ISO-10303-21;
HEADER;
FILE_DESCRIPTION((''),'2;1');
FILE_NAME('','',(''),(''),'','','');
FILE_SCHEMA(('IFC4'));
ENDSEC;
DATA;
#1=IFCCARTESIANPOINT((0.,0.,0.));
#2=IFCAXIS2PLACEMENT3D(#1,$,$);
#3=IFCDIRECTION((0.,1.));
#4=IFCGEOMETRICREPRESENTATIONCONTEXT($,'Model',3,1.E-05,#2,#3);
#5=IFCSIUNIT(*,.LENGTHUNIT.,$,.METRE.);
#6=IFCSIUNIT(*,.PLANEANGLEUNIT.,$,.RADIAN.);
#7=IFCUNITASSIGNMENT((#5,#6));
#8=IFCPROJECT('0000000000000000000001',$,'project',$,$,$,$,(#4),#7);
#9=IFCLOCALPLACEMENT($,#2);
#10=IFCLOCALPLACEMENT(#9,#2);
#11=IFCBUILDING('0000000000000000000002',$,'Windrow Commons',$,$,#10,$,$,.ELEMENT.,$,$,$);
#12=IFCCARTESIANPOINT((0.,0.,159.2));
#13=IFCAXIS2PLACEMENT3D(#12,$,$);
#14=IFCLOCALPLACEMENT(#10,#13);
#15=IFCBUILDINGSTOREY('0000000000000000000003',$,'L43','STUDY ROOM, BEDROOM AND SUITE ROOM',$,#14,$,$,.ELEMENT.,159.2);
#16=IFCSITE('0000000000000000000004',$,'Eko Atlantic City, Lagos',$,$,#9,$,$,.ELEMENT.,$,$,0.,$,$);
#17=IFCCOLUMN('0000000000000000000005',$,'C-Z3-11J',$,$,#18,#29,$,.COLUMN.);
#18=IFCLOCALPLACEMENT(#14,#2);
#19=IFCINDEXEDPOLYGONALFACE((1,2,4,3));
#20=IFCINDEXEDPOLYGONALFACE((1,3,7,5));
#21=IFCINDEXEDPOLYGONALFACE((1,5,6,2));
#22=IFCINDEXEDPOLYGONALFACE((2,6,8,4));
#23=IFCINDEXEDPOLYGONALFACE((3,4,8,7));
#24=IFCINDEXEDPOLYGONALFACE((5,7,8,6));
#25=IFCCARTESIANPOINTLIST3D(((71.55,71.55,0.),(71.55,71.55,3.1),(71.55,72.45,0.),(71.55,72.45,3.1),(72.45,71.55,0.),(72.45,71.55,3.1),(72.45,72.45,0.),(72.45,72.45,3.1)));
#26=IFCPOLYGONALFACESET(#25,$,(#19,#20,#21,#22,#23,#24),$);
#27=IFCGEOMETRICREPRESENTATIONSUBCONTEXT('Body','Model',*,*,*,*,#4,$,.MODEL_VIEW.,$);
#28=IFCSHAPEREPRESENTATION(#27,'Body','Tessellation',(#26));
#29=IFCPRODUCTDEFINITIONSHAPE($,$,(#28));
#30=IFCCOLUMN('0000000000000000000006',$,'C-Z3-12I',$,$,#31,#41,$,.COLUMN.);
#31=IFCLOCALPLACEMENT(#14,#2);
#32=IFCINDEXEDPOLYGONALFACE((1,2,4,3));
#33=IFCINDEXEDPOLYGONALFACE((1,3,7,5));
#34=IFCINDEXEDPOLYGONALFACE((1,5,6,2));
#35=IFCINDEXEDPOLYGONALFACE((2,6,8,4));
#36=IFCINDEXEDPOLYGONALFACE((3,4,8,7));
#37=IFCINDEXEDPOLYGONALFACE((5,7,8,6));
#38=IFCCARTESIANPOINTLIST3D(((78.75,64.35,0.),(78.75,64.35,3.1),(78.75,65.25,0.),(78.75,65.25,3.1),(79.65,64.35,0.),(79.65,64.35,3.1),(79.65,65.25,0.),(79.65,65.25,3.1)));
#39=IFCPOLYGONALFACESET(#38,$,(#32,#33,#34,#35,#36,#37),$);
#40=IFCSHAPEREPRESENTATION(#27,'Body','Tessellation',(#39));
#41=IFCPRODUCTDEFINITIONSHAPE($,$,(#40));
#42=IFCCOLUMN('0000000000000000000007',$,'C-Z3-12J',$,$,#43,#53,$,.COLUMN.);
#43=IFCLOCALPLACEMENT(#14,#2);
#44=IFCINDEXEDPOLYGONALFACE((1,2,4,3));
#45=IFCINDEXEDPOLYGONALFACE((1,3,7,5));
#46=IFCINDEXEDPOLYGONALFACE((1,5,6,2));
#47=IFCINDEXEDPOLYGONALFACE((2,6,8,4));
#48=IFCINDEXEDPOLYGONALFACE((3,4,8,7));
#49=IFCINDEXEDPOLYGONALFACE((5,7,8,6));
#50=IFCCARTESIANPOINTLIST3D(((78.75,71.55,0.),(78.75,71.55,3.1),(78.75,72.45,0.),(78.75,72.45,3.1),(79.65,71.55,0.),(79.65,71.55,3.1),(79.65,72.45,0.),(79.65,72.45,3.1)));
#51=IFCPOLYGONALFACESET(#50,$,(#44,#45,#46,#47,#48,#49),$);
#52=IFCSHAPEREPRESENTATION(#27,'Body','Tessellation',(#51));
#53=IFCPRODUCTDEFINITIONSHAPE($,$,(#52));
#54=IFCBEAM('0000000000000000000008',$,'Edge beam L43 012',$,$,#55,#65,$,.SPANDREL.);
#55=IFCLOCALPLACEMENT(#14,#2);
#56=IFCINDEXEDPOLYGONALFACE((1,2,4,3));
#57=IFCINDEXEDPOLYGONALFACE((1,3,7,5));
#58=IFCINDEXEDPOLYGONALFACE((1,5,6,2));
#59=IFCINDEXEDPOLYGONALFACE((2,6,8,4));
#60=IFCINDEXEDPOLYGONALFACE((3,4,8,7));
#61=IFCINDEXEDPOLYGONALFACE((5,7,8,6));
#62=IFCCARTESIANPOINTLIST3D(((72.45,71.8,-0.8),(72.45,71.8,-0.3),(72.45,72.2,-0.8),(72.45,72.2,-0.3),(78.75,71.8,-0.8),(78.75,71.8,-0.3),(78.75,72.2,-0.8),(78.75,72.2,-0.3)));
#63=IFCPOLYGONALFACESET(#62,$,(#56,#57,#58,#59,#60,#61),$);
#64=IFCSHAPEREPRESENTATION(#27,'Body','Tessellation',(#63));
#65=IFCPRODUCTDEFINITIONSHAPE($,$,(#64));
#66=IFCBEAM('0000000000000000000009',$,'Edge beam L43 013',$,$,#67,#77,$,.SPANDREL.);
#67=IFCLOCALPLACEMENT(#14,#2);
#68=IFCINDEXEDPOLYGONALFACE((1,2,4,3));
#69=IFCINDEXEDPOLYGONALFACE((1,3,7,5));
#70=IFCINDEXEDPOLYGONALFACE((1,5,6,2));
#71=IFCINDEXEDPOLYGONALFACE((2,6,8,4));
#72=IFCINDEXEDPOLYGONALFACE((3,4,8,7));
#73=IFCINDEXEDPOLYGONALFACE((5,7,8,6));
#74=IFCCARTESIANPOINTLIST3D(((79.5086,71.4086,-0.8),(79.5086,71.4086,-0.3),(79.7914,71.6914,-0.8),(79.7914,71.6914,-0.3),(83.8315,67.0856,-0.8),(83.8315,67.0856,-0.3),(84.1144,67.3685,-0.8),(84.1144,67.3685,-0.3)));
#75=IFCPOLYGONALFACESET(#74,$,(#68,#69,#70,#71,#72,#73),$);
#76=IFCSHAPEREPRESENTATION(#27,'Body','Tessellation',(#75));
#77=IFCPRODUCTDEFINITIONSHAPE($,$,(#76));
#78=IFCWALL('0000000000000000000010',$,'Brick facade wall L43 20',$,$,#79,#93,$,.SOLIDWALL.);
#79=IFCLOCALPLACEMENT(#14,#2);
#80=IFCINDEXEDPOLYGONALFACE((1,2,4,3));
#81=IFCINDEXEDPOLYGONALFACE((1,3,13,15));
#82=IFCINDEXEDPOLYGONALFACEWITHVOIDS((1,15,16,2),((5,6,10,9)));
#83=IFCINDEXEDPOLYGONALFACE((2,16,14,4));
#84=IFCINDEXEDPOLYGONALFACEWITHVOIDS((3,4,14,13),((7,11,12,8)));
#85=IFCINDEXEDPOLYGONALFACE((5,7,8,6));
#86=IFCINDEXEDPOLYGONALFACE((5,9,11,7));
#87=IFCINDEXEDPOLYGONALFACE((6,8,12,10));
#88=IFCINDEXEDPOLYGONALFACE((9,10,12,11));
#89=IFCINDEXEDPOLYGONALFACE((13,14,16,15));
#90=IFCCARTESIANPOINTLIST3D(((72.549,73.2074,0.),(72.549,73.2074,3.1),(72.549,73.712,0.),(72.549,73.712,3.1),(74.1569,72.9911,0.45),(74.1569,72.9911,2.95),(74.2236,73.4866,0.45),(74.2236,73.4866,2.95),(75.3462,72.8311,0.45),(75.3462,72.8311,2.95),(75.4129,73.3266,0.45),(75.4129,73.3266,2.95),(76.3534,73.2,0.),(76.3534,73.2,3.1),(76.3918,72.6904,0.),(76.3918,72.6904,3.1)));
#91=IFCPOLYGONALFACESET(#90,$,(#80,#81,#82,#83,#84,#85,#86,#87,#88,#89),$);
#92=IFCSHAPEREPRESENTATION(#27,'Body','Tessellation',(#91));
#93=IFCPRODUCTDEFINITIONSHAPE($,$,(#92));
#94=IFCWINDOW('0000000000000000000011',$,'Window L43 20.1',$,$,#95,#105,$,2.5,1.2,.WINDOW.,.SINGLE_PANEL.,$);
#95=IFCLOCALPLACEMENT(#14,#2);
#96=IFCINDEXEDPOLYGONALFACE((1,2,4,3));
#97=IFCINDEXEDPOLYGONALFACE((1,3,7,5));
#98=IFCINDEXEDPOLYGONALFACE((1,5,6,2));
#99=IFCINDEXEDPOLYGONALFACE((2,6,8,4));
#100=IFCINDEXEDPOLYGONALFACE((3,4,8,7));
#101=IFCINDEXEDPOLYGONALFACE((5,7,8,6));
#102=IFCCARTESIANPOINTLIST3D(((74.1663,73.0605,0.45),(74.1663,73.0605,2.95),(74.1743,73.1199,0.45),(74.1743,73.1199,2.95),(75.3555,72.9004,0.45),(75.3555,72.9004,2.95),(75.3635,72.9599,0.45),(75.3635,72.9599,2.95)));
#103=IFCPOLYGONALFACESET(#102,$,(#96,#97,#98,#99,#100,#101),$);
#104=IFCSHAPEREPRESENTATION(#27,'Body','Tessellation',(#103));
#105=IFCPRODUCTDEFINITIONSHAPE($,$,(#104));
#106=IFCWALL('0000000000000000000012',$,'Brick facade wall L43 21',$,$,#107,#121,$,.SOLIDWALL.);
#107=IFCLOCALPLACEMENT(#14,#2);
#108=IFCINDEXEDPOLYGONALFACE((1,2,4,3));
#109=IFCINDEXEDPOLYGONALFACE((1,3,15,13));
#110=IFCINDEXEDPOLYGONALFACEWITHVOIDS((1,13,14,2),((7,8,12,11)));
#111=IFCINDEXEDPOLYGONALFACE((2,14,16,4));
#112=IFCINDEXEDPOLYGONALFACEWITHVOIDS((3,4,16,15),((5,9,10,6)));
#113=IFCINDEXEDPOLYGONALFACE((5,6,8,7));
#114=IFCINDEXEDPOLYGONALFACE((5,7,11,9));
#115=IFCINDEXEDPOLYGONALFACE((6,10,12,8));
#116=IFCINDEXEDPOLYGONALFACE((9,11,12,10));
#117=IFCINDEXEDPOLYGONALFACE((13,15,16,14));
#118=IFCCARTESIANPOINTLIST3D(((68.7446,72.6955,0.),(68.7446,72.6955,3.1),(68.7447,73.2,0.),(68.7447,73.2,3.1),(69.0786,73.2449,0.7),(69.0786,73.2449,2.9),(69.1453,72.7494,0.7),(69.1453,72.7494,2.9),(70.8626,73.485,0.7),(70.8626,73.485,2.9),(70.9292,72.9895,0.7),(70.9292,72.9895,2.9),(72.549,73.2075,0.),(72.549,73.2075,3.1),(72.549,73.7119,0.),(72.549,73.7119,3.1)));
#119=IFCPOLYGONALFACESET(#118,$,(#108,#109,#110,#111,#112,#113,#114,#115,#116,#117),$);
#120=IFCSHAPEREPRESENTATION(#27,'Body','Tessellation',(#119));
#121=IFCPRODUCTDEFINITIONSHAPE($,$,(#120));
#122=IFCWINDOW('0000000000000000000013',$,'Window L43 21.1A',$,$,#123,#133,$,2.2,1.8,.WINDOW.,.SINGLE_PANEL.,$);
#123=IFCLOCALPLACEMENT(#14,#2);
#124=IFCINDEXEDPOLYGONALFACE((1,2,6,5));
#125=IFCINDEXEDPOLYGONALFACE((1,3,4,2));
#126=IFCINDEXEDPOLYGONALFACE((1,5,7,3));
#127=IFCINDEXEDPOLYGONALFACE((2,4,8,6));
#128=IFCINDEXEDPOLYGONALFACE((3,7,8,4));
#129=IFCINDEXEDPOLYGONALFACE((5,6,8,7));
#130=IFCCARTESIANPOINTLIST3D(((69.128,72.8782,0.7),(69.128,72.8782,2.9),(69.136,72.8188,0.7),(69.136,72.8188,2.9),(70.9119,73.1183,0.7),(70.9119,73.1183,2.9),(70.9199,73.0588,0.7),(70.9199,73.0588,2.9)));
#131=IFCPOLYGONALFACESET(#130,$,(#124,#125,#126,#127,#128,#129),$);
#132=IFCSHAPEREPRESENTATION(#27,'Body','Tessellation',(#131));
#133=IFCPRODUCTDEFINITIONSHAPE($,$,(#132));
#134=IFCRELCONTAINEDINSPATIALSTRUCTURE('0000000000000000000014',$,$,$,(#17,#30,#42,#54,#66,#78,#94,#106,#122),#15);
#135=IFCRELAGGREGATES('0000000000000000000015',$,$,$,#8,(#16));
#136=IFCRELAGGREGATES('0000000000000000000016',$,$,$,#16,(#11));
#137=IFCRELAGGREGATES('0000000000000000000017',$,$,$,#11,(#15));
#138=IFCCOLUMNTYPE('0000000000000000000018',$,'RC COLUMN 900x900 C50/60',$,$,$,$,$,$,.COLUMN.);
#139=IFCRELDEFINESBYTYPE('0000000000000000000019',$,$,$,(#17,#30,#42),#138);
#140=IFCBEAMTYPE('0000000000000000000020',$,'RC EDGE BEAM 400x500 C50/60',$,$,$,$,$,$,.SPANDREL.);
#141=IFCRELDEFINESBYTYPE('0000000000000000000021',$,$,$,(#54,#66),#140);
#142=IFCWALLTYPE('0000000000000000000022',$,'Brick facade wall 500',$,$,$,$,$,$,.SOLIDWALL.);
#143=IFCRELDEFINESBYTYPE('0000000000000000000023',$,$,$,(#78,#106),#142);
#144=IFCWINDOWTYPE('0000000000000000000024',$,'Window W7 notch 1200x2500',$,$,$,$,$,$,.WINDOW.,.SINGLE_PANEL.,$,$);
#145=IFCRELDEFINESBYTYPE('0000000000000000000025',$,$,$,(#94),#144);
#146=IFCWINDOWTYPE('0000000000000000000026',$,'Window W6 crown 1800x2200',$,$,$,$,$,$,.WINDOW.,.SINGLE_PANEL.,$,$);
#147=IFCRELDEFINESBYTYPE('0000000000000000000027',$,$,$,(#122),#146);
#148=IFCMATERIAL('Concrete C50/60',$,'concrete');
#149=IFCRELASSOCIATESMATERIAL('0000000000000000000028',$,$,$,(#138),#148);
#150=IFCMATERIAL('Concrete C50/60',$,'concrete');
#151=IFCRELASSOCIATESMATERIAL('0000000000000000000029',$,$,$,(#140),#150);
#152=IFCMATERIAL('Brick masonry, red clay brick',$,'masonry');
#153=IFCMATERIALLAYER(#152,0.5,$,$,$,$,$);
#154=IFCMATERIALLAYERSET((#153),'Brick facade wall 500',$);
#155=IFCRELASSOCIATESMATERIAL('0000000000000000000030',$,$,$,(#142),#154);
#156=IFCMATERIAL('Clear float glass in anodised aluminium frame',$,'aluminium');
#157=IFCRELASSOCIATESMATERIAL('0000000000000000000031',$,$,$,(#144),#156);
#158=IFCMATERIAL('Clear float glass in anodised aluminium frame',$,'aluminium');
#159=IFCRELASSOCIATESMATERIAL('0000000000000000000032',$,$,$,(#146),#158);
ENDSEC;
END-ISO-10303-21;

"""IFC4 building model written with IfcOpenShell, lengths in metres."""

from ifc_helpers import new_model, si_unit, direction, frame, frame_2d, origin, origin_2d, place, context, subcontext, project, spatial, polyline, rectangle, outline, extrude, material, layer, layer_set, material_profile, profile_set, type_object, element, fill, save


model = new_model("IFC4")

# Units and contexts
model_context = context("Model", 3, precision=1e-05, world=origin(), true_north=direction((0.0, 1.0)))
body_context = subcontext(model_context, "Body", "Model", "MODEL_VIEW")
ifc_project = project(units=[si_unit("LENGTHUNIT", "METRE"), si_unit("PLANEANGLEUNIT", "RADIAN")], contexts=[model_context])

# Site, building, storey
site_placement = place(None, origin())
site = spatial("IfcSite", under=ifc_project, at=site_placement, Name="Eko Atlantic City, Lagos", CompositionType="ELEMENT", RefElevation=0.0)
building_placement = place(site_placement, origin())
building = spatial("IfcBuilding", under=site, at=building_placement, Name="Windrow Commons", CompositionType="ELEMENT")
storey_placement = place(building_placement, frame((0.0, 0.0, 159.2)))
storey = spatial("IfcBuildingStorey", under=building, at=storey_placement, Name="L43", Description="STUDY ROOM, BEDROOM AND SUITE ROOM", CompositionType="ELEMENT", Elevation=159.2)

# Columns
ifc_material_1 = material(Name="Concrete C50/60", Category="concrete")
ifc_material_profile_1 = material_profile(ifc_material_1, rectangle(XDim=0.9, YDim=0.9, at=origin_2d()))
ifc_profile_set_1 = profile_set([ifc_material_profile_1], Name="Concrete C50/60")
column_type = type_object("IfcColumnType", Name="RC COLUMN 900x900 C50/60", PredefinedType="COLUMN", material=ifc_profile_set_1)
for number, where, z_axis, x_axis, name in (
    (1, (72.0, 72.0, 0.0), (0.0, 0.0, 1.0), (1.0, 0.0, 0.0), "C-Z3-11J"),
    (2, (79.2, 64.8, 0.0), (0.0, 0.0, 1.0), (1.0, 0.0, 0.0), "C-Z3-12I"),
    (3, (79.2, 72.0, 0.0), (0.0, 0.0, 1.0), (1.0, 0.0, 0.0), "C-Z3-12J"),
):
    element("IfcColumn", number, at=place(storey_placement, frame(where, z_axis=z_axis, x_axis=x_axis)), inside=storey, type_object=column_type, Name=name, PredefinedType="COLUMN", context=body_context, shape_type="SweptSolid", body=[
        extrude(rectangle(XDim=0.9, YDim=0.9, at=origin_2d()), origin(), (0.0, 0.0, 1.0), 3.1),
    ])

# Beams
ifc_material_2 = material(Name="Concrete C50/60", Category="concrete")
ifc_material_profile_2 = material_profile(ifc_material_2, rectangle(XDim=0.4, YDim=0.5, at=origin_2d()))
ifc_profile_set_2 = profile_set([ifc_material_profile_2], Name="Concrete C50/60")
beam_type = type_object("IfcBeamType", Name="RC EDGE BEAM 400x500 C50/60", PredefinedType="SPANDREL", material=ifc_profile_set_2)
beam_1_placement = place(storey_placement, frame((72.45, 72.0, -0.55), z_axis=(1.0, 0.0, 0.0), x_axis=(0.0, 1.0, 0.0)))
element("IfcBeam", 4, at=beam_1_placement, inside=storey, type_object=beam_type, Name="Edge beam L43 012", PredefinedType="SPANDREL", context=body_context, shape_type="SweptSolid", body=[
    extrude(rectangle(XDim=0.4, YDim=0.5, at=origin_2d()), origin(), (0.0, 0.0, 1.0), 6.3),
])
beam_2_placement = place(storey_placement, frame((79.65, 71.55, -0.55), z_axis=(0.707107, -0.707107, 0.0), x_axis=(0.707107, 0.707107, 0.0)))
element("IfcBeam", 5, at=beam_2_placement, inside=storey, type_object=beam_type, Name="Edge beam L43 013", PredefinedType="SPANDREL", context=body_context, shape_type="SweptSolid", body=[
    extrude(rectangle(XDim=0.4, YDim=0.5, at=origin_2d()), origin(), (0.0, 0.0, 1.0), 6.1136),
])

# Walls, openings, windows
ifc_material_3 = material(Name="Brick masonry, red clay brick", Category="masonry")
ifc_layer_1 = layer(ifc_material_3, 0.5)
ifc_layer_set_1 = layer_set([ifc_layer_1], Name="Brick facade wall 500")
wall_type_1 = type_object("IfcWallType", Name="Brick facade wall 500", PredefinedType="SOLIDWALL", material=ifc_layer_set_1)
wall_1_placement = place(storey_placement, frame((76.3726, 72.9452, 0.0), z_axis=(0.0, 0.0, 1.0), x_axis=(-0.991068, 0.133357, 0.0)))
wall_1 = element("IfcWall", 6, at=wall_1_placement, inside=storey, type_object=wall_type_1, Name="Brick facade wall L43 20", PredefinedType="SOLIDWALL", context=body_context, shape_type="SweptSolid", body=[
    extrude(outline(polyline([(0.053, -0.25), (3.8917, -0.25), (3.8244, 0.25), (-0.053, 0.25), (0.053, -0.25)])), origin(), (0.0, 0.0, 1.0), 3.1),
])
opening_1_placement = place(wall_1_placement, frame((1.002, 0.0, 0.45)))
opening_1 = element("IfcOpeningElement", 7, at=opening_1_placement, cuts=wall_1, PredefinedType="OPENING", context=body_context, shape_type="SweptSolid", body=[
    extrude(rectangle(XDim=1.2, YDim=2.5, at=frame_2d((0.6, 1.25))), frame((0.0, 0.26, 0.0), z_axis=(0.0, -1.0, 0.0), x_axis=(1.0, 0.0, 0.0)), (0.0, 0.0, 1.0), 0.52),
])
ifc_material_4 = material(Name="Clear float glass in anodised aluminium frame", Category="aluminium")
window_type_1 = type_object("IfcWindowType", Name="Window W7 notch 1200x2500", PartitioningType="SINGLE_PANEL", PredefinedType="WINDOW", material=ifc_material_4)
window_1_placement = place(opening_1_placement, origin())
window_1 = element("IfcWindow", 8, at=window_1_placement, inside=storey, type_object=window_type_1, Name="Window L43 20.1", OverallHeight=2.5, OverallWidth=1.2, PartitioningType="SINGLE_PANEL", PredefinedType="WINDOW", context=body_context, shape_type="SweptSolid", body=[
    extrude(rectangle(XDim=1.2, YDim=2.5, at=frame_2d((0.6, 1.25))), frame((0.0, 0.18, 0.0), z_axis=(0.0, -1.0, 0.0), x_axis=(1.0, 0.0, 0.0)), (0.0, 0.0, 1.0), 0.06),
])
fill(opening_1, window_1)
wall_2_placement = place(storey_placement, frame((72.549, 73.4597, 0.0), z_axis=(0.0, 0.0, 1.0), x_axis=(-0.991065, -0.133379, 0.0)))
wall_2 = element("IfcWall", 9, at=wall_2_placement, inside=storey, type_object=wall_type_1, Name="Brick facade wall L43 21", PredefinedType="SOLIDWALL", context=body_context, shape_type="SweptSolid", body=[
    extrude(outline(polyline([(-0.0336, -0.25), (3.805, -0.25), (3.8723, 0.25), (0.0336, 0.25), (-0.0336, -0.25)])), origin(), (0.0, 0.0, 1.0), 3.1),
])
opening_2_placement = place(wall_2_placement, frame((1.668, 0.0, 0.7)))
opening_2 = element("IfcOpeningElement", 10, at=opening_2_placement, cuts=wall_2, PredefinedType="OPENING", context=body_context, shape_type="SweptSolid", body=[
    extrude(rectangle(XDim=1.8, YDim=2.2, at=frame_2d((0.9, 1.1))), frame((0.0, 0.26, 0.0), z_axis=(0.0, -1.0, 0.0), x_axis=(1.0, 0.0, 0.0)), (0.0, 0.0, 1.0), 0.52),
])
ifc_material_5 = material(Name="Clear float glass in anodised aluminium frame", Category="aluminium")
window_type_2 = type_object("IfcWindowType", Name="Window W6 crown 1800x2200", PartitioningType="SINGLE_PANEL", PredefinedType="WINDOW", material=ifc_material_5)
window_2_placement = place(opening_2_placement, origin())
window_2 = element("IfcWindow", 11, at=window_2_placement, inside=storey, type_object=window_type_2, Name="Window L43 21.1A", OverallHeight=2.2, OverallWidth=1.8, PartitioningType="SINGLE_PANEL", PredefinedType="WINDOW", context=body_context, shape_type="SweptSolid", body=[
    extrude(rectangle(XDim=1.8, YDim=2.2, at=frame_2d((0.9, 1.1))), frame((0.0, 0.18, 0.0), z_axis=(0.0, -1.0, 0.0), x_axis=(1.0, 0.0, 0.0)), (0.0, 0.0, 1.0), 0.06),
])
fill(opening_2, window_2)

save(model, "model.ifc")
